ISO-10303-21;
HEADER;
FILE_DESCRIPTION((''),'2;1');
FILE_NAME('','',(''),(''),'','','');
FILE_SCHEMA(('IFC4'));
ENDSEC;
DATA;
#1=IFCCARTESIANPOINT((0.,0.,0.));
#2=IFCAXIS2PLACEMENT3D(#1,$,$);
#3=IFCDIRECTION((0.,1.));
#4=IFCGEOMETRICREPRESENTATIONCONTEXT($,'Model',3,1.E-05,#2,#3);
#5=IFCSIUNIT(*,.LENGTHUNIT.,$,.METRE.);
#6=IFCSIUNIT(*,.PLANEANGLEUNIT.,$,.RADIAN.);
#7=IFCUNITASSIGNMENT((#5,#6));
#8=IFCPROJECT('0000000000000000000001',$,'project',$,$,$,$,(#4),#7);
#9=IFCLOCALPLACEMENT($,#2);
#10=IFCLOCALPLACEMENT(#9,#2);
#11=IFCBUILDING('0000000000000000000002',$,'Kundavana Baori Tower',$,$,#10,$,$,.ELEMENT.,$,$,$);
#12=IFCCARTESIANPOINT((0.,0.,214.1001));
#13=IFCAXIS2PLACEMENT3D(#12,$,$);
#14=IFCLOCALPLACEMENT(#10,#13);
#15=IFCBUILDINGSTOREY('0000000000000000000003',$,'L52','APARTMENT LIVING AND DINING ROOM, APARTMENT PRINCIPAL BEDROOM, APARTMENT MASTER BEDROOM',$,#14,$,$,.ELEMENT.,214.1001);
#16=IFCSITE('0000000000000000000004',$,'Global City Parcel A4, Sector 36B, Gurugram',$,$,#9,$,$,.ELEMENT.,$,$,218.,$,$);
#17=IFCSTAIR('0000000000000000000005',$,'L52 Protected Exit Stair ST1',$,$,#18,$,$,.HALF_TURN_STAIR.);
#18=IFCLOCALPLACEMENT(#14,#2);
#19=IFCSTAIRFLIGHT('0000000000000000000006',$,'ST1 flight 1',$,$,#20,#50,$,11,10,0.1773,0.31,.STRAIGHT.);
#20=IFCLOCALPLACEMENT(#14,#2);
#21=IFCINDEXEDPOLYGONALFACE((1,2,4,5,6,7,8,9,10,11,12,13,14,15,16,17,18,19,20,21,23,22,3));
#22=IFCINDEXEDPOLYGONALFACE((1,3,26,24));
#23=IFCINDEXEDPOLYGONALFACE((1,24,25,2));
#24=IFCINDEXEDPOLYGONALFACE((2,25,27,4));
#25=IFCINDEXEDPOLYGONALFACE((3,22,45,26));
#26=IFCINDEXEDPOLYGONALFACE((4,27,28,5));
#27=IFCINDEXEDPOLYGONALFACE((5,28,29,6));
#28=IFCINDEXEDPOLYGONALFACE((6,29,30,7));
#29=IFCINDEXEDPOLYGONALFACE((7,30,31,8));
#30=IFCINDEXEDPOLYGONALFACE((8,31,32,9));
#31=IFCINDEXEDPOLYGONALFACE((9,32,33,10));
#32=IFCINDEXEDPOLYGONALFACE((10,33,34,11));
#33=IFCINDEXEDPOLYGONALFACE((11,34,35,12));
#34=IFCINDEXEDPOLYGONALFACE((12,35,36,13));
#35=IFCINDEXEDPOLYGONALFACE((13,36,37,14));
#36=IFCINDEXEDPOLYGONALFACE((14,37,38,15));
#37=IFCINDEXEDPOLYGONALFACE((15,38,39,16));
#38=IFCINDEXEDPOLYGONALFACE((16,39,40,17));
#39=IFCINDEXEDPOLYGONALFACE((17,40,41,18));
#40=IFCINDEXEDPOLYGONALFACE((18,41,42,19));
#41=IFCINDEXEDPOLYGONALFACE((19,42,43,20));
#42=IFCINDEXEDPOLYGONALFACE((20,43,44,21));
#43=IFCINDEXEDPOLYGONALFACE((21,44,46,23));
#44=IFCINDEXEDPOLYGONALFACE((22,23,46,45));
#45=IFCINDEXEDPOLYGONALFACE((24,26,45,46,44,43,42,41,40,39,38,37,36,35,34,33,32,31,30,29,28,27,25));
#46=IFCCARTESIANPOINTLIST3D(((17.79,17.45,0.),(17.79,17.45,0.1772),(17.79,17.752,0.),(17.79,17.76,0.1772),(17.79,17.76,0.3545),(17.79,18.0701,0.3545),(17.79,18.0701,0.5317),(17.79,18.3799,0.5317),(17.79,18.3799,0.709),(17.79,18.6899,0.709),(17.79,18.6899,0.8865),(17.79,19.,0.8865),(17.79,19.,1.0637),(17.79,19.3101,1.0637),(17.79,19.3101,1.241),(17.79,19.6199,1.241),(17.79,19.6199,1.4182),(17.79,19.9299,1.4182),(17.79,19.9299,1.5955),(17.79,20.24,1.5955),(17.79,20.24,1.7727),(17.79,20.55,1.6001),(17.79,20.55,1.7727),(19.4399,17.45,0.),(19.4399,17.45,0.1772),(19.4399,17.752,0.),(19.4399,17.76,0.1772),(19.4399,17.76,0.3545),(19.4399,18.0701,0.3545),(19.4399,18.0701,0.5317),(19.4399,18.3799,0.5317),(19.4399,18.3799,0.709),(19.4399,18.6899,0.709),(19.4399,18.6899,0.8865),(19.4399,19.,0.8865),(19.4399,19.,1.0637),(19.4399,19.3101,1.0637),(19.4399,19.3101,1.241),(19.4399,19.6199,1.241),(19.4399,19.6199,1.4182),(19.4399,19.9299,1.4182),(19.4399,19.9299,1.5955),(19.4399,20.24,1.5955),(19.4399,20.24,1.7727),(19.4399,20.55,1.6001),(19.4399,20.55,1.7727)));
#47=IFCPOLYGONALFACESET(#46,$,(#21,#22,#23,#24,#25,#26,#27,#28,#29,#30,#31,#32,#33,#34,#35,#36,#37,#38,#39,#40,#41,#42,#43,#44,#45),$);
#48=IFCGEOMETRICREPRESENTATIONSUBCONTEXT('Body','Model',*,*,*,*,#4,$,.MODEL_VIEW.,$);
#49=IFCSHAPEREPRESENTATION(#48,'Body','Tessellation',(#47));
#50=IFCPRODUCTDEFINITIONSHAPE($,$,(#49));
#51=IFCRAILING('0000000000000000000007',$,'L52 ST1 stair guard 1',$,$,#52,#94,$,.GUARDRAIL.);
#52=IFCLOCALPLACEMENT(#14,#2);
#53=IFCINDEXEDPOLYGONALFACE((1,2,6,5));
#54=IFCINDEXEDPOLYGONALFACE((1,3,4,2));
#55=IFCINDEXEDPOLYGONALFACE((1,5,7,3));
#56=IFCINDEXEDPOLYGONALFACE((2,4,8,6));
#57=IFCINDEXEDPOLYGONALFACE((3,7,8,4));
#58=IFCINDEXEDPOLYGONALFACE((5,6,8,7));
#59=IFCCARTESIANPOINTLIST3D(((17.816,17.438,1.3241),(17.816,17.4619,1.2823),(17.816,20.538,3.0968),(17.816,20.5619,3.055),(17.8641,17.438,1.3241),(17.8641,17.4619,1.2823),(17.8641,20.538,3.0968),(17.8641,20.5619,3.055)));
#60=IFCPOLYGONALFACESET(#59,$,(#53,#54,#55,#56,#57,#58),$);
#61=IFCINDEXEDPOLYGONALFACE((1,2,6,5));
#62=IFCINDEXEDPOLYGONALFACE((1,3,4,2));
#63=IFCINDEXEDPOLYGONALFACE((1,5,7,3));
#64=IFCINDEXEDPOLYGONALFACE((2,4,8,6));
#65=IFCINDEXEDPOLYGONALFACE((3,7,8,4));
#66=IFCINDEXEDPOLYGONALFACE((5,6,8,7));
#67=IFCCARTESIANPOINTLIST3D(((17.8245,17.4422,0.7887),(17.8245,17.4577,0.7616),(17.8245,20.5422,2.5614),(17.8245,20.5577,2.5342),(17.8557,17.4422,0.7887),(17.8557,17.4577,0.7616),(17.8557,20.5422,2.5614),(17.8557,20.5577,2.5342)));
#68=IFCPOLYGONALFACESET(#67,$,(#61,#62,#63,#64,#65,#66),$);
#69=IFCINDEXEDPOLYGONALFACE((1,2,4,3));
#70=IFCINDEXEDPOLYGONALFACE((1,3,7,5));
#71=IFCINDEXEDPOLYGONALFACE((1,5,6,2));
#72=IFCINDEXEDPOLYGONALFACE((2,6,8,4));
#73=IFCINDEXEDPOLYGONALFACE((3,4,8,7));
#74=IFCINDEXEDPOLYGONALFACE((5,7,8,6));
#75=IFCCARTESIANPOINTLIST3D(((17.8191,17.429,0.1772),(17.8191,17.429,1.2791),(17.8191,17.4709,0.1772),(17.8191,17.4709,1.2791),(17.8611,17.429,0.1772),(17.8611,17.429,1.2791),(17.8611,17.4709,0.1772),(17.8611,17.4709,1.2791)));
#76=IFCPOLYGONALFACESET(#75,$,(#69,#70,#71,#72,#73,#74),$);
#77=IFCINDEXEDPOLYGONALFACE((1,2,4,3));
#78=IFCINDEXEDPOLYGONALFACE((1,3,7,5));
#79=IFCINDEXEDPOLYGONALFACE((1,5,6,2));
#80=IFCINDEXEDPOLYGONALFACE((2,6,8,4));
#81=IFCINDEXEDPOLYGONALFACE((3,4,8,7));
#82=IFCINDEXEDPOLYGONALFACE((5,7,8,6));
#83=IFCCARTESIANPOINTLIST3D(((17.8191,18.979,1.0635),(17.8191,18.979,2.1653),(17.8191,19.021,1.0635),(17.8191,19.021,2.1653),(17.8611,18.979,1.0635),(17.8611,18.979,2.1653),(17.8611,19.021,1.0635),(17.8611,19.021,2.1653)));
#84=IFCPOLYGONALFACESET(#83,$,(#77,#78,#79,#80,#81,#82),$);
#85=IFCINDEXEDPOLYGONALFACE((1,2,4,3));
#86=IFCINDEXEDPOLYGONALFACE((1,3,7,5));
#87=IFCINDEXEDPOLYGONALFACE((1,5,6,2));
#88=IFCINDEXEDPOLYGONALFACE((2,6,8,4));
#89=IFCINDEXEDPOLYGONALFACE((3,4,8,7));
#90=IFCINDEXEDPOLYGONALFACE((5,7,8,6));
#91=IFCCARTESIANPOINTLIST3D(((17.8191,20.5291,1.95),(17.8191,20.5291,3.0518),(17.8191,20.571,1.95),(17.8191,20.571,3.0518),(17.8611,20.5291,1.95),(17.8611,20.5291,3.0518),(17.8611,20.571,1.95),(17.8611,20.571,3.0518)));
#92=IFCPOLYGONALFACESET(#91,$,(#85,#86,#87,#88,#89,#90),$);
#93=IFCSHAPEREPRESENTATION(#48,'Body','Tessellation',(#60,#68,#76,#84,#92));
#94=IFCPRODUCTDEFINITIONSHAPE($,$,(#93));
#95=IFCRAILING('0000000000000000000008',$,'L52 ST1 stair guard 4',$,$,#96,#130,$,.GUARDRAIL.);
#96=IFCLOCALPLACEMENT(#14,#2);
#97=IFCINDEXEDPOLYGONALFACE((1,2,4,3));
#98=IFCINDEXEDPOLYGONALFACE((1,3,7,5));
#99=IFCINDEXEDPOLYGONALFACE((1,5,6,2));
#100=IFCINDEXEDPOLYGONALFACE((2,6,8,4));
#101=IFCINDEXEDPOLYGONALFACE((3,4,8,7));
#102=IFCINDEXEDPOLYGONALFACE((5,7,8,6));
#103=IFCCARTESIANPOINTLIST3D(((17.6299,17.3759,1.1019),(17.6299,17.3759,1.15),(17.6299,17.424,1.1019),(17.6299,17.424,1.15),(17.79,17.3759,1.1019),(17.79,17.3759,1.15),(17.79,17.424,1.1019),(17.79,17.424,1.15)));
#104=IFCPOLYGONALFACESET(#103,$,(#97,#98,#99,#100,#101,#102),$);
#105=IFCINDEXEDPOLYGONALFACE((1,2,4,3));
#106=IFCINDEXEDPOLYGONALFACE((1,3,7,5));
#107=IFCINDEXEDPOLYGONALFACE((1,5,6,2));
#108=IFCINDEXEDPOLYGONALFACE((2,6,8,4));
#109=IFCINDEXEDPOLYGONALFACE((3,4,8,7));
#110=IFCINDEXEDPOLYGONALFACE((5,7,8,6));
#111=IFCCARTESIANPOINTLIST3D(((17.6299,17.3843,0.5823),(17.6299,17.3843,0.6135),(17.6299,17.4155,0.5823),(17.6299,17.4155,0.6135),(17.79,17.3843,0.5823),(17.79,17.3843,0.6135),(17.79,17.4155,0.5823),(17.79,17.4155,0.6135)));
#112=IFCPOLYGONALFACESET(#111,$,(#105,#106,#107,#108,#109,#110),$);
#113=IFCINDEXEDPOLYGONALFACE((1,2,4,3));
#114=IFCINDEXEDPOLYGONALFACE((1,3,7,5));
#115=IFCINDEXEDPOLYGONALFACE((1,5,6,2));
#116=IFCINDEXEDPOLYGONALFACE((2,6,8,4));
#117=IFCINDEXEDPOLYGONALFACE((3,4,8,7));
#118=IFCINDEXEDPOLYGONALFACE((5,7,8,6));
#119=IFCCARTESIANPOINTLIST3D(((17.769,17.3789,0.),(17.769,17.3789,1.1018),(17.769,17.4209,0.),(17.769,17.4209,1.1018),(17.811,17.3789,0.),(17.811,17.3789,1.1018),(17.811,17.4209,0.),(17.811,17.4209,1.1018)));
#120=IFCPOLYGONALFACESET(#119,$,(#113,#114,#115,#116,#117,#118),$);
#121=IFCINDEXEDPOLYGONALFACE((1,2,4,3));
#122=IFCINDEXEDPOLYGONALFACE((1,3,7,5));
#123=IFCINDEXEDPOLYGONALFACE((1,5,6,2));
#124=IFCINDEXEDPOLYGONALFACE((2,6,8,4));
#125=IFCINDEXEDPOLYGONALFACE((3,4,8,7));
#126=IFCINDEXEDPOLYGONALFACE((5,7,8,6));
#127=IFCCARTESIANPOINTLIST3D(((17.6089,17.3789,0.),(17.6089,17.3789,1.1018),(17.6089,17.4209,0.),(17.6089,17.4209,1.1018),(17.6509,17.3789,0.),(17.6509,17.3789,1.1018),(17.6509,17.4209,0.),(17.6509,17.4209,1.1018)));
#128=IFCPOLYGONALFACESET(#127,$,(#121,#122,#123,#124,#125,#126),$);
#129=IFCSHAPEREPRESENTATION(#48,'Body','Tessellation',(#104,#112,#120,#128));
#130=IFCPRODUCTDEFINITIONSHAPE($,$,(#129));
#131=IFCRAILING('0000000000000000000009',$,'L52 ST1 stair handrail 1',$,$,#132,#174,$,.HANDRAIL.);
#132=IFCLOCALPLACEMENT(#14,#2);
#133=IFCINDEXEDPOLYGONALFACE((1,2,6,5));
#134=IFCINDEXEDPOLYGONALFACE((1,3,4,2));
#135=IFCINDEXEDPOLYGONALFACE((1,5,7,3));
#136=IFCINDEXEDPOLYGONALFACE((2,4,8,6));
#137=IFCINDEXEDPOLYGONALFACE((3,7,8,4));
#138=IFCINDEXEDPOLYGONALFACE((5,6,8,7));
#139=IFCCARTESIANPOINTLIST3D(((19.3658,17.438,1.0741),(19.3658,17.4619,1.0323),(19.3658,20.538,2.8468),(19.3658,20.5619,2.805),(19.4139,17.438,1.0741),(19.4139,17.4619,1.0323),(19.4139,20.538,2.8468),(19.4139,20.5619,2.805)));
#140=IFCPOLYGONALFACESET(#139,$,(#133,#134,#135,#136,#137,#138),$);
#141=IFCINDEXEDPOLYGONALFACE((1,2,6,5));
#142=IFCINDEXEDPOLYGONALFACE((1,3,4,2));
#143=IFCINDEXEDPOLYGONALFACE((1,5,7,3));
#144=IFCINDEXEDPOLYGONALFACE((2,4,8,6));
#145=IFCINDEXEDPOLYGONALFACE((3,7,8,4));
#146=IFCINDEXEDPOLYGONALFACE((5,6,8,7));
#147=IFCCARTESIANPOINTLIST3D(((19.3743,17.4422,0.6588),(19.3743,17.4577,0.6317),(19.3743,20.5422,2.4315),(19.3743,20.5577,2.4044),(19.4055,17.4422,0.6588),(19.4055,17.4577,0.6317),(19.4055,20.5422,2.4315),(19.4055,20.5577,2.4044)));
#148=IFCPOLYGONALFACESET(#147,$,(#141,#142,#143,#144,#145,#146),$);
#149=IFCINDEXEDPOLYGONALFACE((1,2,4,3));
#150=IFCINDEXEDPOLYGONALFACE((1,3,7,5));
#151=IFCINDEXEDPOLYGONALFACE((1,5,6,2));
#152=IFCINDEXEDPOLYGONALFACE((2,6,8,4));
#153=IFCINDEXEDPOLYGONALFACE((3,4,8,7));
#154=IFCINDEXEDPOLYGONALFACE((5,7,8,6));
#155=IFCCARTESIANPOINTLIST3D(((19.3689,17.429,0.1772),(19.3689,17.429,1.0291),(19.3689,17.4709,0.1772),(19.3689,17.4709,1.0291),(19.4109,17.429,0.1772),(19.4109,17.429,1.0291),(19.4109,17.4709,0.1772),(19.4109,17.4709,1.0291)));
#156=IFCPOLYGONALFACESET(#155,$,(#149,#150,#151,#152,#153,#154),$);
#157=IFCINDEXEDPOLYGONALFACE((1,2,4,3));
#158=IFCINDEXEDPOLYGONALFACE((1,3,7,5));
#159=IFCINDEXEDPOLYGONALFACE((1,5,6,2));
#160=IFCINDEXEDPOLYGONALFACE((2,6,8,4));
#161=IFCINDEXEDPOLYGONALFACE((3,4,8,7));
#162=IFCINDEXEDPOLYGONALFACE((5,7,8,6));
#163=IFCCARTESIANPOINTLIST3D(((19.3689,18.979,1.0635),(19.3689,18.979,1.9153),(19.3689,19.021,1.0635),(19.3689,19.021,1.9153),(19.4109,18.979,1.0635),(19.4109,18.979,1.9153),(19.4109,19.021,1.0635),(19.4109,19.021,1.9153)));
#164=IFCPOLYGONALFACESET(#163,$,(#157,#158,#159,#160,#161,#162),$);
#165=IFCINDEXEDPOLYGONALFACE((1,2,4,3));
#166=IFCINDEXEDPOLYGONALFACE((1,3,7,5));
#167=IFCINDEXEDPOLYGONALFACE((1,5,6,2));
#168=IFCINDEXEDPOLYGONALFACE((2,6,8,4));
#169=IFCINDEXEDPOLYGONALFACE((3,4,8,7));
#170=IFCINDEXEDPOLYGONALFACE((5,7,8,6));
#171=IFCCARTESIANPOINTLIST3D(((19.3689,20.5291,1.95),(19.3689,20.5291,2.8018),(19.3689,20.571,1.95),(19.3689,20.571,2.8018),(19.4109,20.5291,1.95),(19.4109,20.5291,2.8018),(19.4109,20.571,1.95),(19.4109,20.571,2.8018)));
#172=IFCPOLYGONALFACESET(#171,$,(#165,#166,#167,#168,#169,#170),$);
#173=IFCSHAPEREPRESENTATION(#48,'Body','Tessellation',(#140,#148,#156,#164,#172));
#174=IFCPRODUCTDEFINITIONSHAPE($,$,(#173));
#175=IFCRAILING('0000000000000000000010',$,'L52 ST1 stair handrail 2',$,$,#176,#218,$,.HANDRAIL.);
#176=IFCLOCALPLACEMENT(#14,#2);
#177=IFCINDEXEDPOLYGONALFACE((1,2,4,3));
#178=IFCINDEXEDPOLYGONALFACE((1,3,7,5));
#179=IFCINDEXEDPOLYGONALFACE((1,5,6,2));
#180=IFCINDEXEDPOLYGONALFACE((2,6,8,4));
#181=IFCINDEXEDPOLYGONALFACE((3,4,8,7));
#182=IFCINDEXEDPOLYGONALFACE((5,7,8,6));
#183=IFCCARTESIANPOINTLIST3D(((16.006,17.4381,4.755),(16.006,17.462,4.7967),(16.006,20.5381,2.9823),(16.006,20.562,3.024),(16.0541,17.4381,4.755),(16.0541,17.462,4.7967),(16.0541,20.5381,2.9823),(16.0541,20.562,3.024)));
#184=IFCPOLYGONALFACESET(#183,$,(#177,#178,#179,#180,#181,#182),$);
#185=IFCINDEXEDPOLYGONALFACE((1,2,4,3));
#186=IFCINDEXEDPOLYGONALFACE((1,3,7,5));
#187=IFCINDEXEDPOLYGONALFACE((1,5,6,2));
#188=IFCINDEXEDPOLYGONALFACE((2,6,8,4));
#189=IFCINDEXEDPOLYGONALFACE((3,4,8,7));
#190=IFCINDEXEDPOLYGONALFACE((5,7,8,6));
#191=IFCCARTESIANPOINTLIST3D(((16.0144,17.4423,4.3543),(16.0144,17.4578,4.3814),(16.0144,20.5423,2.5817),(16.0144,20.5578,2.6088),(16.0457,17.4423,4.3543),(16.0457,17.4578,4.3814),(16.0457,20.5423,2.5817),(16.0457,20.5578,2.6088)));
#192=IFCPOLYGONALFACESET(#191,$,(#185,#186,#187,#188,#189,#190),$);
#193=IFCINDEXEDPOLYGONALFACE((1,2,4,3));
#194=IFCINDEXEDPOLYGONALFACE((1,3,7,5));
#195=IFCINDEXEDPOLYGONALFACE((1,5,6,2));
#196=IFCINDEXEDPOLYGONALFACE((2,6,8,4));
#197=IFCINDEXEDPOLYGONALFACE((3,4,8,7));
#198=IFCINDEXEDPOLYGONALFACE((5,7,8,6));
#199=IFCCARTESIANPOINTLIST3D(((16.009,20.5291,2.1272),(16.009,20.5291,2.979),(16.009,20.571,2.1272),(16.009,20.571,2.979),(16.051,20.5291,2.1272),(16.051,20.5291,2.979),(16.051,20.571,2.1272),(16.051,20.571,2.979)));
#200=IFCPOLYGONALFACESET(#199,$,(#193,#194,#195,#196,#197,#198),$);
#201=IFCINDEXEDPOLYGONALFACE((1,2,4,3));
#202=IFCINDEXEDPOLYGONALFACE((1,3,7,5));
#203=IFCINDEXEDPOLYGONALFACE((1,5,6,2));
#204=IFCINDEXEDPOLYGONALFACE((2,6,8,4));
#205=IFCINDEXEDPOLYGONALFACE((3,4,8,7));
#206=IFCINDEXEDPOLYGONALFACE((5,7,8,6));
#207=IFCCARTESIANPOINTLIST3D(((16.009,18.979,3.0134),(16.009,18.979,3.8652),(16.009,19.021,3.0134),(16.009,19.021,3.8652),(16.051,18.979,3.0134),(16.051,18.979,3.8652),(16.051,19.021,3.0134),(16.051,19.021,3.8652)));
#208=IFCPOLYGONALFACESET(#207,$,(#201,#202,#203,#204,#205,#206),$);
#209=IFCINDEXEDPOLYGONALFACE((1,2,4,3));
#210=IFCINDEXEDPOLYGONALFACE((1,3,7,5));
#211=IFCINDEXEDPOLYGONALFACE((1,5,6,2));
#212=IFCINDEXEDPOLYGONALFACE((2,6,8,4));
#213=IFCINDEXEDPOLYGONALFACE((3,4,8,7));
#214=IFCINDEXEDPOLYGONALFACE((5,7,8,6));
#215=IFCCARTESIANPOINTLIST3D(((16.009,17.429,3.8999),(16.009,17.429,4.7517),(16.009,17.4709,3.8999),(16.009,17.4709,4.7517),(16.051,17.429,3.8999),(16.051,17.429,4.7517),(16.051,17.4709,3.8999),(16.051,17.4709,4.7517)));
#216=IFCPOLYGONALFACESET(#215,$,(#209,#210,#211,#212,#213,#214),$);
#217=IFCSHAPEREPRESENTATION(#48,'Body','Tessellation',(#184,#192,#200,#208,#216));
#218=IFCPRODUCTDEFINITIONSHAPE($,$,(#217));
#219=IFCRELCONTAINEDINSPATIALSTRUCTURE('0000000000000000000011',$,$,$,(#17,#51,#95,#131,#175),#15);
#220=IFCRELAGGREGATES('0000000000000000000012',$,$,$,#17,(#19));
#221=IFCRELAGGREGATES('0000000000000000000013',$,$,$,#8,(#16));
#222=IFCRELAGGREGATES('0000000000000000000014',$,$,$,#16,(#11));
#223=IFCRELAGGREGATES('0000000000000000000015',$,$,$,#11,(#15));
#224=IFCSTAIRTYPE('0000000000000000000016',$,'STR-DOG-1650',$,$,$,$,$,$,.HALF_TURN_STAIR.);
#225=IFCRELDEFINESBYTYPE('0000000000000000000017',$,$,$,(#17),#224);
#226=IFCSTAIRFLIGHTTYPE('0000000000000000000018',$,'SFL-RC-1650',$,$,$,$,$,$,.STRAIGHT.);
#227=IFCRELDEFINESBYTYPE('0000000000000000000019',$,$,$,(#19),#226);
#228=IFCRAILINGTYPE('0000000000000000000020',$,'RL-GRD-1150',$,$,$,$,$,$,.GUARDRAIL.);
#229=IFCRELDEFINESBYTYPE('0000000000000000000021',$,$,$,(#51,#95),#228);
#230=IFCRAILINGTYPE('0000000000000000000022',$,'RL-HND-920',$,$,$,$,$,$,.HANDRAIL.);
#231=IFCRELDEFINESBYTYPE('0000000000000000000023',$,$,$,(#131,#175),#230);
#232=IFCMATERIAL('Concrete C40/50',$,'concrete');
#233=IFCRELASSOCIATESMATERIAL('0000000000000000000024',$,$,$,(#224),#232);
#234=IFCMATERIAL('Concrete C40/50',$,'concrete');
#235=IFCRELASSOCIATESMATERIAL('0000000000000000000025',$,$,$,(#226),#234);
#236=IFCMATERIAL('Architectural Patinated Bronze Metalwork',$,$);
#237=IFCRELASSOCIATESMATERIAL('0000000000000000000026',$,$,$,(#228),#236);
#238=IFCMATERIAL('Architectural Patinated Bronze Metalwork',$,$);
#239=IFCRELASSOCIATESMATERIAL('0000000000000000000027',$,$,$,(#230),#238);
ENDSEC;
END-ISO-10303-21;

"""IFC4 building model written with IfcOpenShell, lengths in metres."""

from ifc_helpers import new_model, si_unit, direction, frame, origin, origin_2d, place, context, subcontext, project, spatial, polyline, rectangle, outline, extrude, material, type_object, element, aggregate, save


model = new_model("IFC4")

# Units and contexts
model_context = context("Model", 3, precision=1e-05, world=origin(), true_north=direction((0.0, 1.0)))
body_context = subcontext(model_context, "Body", "Model", "MODEL_VIEW")
ifc_project = project(units=[si_unit("LENGTHUNIT", "METRE"), si_unit("PLANEANGLEUNIT", "RADIAN")], contexts=[model_context])

# Site, building, storey
site_placement = place(None, origin())
site = spatial("IfcSite", under=ifc_project, at=site_placement, Name="Global City Parcel A4, Sector 36B, Gurugram", CompositionType="ELEMENT", RefElevation=218.0)
building_placement = place(site_placement, origin())
building = spatial("IfcBuilding", under=site, at=building_placement, Name="Kundavana Baori Tower", CompositionType="ELEMENT")
storey_placement = place(building_placement, frame((0.0, 0.0, 214.1001)))
storey = spatial("IfcBuildingStorey", under=building, at=storey_placement, Name="L52", Description="APARTMENT LIVING AND DINING ROOM, APARTMENT PRINCIPAL BEDROOM, APARTMENT MASTER BEDROOM", CompositionType="ELEMENT", Elevation=214.1001)

# Stair, stair flight
ifc_material_1 = material(Name="Concrete C40/50", Category="concrete")
stair_type = type_object("IfcStairType", Name="STR-DOG-1650", PredefinedType="HALF_TURN_STAIR", material=ifc_material_1)
stair_placement = place(storey_placement, origin())
stair = element("IfcStair", 1, at=stair_placement, inside=storey, type_object=stair_type, Name="L52 Protected Exit Stair ST1", PredefinedType="HALF_TURN_STAIR")
ifc_material_2 = material(Name="Concrete C40/50", Category="concrete")
stair_flight_type = type_object("IfcStairFlightType", Name="SFL-RC-1650", PredefinedType="STRAIGHT", material=ifc_material_2)
stair_flight_placement = place(storey_placement, frame((18.615, 17.45, 0.0), z_axis=(0.0, 0.0, 1.0), x_axis=(0.0, 1.0, 0.0)))
stair_flight = element("IfcStairFlight", 2, at=stair_flight_placement, type_object=stair_flight_type, Name="ST1 flight 1", NumberOfRisers=11, NumberOfTreads=10, PredefinedType="STRAIGHT", RiserHeight=0.1773, TreadLength=0.31, context=body_context, shape_type="SweptSolid", body=[
    extrude(outline(polyline([(0.0, 0.0), (0.0, 0.1772), (0.3101, 0.1772), (0.3101, 0.3545), (0.6201, 0.3545), (0.6201, 0.5317), (0.9299, 0.5317), (0.9299, 0.709), (1.24, 0.709), (1.24, 0.8865), (1.55, 0.8865), (1.55, 1.0637), (1.8601, 1.0637), (1.8601, 1.241), (2.1699, 1.241), (2.1699, 1.4182), (2.48, 1.4182), (2.48, 1.5955), (2.79, 1.5955), (2.79, 1.7727), (3.1001, 1.7727), (3.1001, 1.95), (3.1001, 1.6001), (0.302, 0.0), (0.0, 0.0)])), frame((0.0, 0.825, 0.0), z_axis=(0.0, -1.0, 0.0), x_axis=(1.0, 0.0, 0.0)), (0.0, 0.0, 1.0), 1.6499),
])
aggregate(stair, [stair_flight])

# Railings
ifc_material_3 = material(Name="Architectural Patinated Bronze Metalwork")
railing_type_1 = type_object("IfcRailingType", Name="RL-GRD-1150", PredefinedType="GUARDRAIL", material=ifc_material_3)
railing_1_placement = place(storey_placement, frame((17.8401, 17.45, 0.1772)))
element("IfcRailing", 3, at=railing_1_placement, inside=storey, type_object=railing_type_1, Name="L52 ST1 stair guard 1", PredefinedType="GUARDRAIL", context=body_context, shape_type="SweptSolid", body=[
    extrude(rectangle(XDim=0.0481, YDim=0.0481, at=origin_2d()), frame((0.0, 0.0, 1.126), z_axis=(0.0, 0.868096, 0.496397), x_axis=(-1.0, 0.0, 0.0)), (0.0, 0.0, 1.0), 3.571),
    extrude(rectangle(XDim=0.0312, YDim=0.0312, at=origin_2d()), frame((0.0, 0.0, 0.5979), z_axis=(0.0, 0.868096, 0.496397), x_axis=(-1.0, 0.0, 0.0)), (0.0, 0.0, 1.0), 3.571),
    extrude(rectangle(XDim=0.042, YDim=0.042, at=origin_2d()), origin(), (0.0, 0.0, 1.0), 1.1018),
    extrude(rectangle(XDim=0.042, YDim=0.042, at=origin_2d()), frame((0.0, 1.55, 0.8862)), (0.0, 0.0, 1.0), 1.1018),
    extrude(rectangle(XDim=0.042, YDim=0.042, at=origin_2d()), frame((0.0, 3.1001, 1.7727)), (0.0, 0.0, 1.0), 1.1018),
])
railing_2_placement = place(storey_placement, frame((17.79, 17.3999, 0.0)))
element("IfcRailing", 4, at=railing_2_placement, inside=storey, type_object=railing_type_1, Name="L52 ST1 stair guard 4", PredefinedType="GUARDRAIL", context=body_context, shape_type="SweptSolid", body=[
    extrude(rectangle(XDim=0.0481, YDim=0.0481, at=origin_2d()), frame((0.0, 0.0, 1.126), z_axis=(-1.0, 0.0, 0.0), x_axis=(0.0, -1.0, 0.0)), (0.0, 0.0, 1.0), 0.1602),
    extrude(rectangle(XDim=0.0312, YDim=0.0312, at=origin_2d()), frame((0.0, 0.0, 0.5979), z_axis=(-1.0, 0.0, 0.0), x_axis=(0.0, -1.0, 0.0)), (0.0, 0.0, 1.0), 0.1602),
    extrude(rectangle(XDim=0.042, YDim=0.042, at=origin_2d()), origin(), (0.0, 0.0, 1.0), 1.1018),
    extrude(rectangle(XDim=0.042, YDim=0.042, at=origin_2d()), frame((-0.1602, 0.0, 0.0)), (0.0, 0.0, 1.0), 1.1018),
])
ifc_material_4 = material(Name="Architectural Patinated Bronze Metalwork")
railing_type_2 = type_object("IfcRailingType", Name="RL-HND-920", PredefinedType="HANDRAIL", material=ifc_material_4)
railing_3_placement = place(storey_placement, frame((19.3899, 17.45, 0.1772)))
element("IfcRailing", 5, at=railing_3_placement, inside=storey, type_object=railing_type_2, Name="L52 ST1 stair handrail 1", PredefinedType="HANDRAIL", context=body_context, shape_type="SweptSolid", body=[
    extrude(rectangle(XDim=0.0481, YDim=0.0481, at=origin_2d()), frame((0.0, 0.0, 0.876), z_axis=(0.0, 0.868096, 0.496397), x_axis=(-1.0, 0.0, 0.0)), (0.0, 0.0, 1.0), 3.571),
    extrude(rectangle(XDim=0.0312, YDim=0.0312, at=origin_2d()), frame((0.0, 0.0, 0.468), z_axis=(0.0, 0.868096, 0.496397), x_axis=(-1.0, 0.0, 0.0)), (0.0, 0.0, 1.0), 3.571),
    extrude(rectangle(XDim=0.042, YDim=0.042, at=origin_2d()), origin(), (0.0, 0.0, 1.0), 0.8518),
    extrude(rectangle(XDim=0.042, YDim=0.042, at=origin_2d()), frame((0.0, 1.55, 0.8862)), (0.0, 0.0, 1.0), 0.8518),
    extrude(rectangle(XDim=0.042, YDim=0.042, at=origin_2d()), frame((0.0, 3.1001, 1.7727)), (0.0, 0.0, 1.0), 0.8518),
])
railing_4_placement = place(storey_placement, frame((16.03, 20.55, 2.1272)))
element("IfcRailing", 6, at=railing_4_placement, inside=storey, type_object=railing_type_2, Name="L52 ST1 stair handrail 2", PredefinedType="HANDRAIL", context=body_context, shape_type="SweptSolid", body=[
    extrude(rectangle(XDim=0.0481, YDim=0.0481, at=origin_2d()), frame((0.0, 0.0, 0.876), z_axis=(0.0, -0.868096, 0.496397), x_axis=(1.0, 0.0, 0.0)), (0.0, 0.0, 1.0), 3.571),
    extrude(rectangle(XDim=0.0312, YDim=0.0312, at=origin_2d()), frame((0.0, 0.0, 0.468), z_axis=(0.0, -0.868096, 0.496397), x_axis=(1.0, 0.0, 0.0)), (0.0, 0.0, 1.0), 3.571),
    extrude(rectangle(XDim=0.042, YDim=0.042, at=origin_2d()), origin(), (0.0, 0.0, 1.0), 0.8518),
    extrude(rectangle(XDim=0.042, YDim=0.042, at=origin_2d()), frame((0.0, -1.55, 0.8862)), (0.0, 0.0, 1.0), 0.8518),
    extrude(rectangle(XDim=0.042, YDim=0.042, at=origin_2d()), frame((0.0, -3.1001, 1.7727)), (0.0, 0.0, 1.0), 0.8518),
])

save(model, "model.ifc")
